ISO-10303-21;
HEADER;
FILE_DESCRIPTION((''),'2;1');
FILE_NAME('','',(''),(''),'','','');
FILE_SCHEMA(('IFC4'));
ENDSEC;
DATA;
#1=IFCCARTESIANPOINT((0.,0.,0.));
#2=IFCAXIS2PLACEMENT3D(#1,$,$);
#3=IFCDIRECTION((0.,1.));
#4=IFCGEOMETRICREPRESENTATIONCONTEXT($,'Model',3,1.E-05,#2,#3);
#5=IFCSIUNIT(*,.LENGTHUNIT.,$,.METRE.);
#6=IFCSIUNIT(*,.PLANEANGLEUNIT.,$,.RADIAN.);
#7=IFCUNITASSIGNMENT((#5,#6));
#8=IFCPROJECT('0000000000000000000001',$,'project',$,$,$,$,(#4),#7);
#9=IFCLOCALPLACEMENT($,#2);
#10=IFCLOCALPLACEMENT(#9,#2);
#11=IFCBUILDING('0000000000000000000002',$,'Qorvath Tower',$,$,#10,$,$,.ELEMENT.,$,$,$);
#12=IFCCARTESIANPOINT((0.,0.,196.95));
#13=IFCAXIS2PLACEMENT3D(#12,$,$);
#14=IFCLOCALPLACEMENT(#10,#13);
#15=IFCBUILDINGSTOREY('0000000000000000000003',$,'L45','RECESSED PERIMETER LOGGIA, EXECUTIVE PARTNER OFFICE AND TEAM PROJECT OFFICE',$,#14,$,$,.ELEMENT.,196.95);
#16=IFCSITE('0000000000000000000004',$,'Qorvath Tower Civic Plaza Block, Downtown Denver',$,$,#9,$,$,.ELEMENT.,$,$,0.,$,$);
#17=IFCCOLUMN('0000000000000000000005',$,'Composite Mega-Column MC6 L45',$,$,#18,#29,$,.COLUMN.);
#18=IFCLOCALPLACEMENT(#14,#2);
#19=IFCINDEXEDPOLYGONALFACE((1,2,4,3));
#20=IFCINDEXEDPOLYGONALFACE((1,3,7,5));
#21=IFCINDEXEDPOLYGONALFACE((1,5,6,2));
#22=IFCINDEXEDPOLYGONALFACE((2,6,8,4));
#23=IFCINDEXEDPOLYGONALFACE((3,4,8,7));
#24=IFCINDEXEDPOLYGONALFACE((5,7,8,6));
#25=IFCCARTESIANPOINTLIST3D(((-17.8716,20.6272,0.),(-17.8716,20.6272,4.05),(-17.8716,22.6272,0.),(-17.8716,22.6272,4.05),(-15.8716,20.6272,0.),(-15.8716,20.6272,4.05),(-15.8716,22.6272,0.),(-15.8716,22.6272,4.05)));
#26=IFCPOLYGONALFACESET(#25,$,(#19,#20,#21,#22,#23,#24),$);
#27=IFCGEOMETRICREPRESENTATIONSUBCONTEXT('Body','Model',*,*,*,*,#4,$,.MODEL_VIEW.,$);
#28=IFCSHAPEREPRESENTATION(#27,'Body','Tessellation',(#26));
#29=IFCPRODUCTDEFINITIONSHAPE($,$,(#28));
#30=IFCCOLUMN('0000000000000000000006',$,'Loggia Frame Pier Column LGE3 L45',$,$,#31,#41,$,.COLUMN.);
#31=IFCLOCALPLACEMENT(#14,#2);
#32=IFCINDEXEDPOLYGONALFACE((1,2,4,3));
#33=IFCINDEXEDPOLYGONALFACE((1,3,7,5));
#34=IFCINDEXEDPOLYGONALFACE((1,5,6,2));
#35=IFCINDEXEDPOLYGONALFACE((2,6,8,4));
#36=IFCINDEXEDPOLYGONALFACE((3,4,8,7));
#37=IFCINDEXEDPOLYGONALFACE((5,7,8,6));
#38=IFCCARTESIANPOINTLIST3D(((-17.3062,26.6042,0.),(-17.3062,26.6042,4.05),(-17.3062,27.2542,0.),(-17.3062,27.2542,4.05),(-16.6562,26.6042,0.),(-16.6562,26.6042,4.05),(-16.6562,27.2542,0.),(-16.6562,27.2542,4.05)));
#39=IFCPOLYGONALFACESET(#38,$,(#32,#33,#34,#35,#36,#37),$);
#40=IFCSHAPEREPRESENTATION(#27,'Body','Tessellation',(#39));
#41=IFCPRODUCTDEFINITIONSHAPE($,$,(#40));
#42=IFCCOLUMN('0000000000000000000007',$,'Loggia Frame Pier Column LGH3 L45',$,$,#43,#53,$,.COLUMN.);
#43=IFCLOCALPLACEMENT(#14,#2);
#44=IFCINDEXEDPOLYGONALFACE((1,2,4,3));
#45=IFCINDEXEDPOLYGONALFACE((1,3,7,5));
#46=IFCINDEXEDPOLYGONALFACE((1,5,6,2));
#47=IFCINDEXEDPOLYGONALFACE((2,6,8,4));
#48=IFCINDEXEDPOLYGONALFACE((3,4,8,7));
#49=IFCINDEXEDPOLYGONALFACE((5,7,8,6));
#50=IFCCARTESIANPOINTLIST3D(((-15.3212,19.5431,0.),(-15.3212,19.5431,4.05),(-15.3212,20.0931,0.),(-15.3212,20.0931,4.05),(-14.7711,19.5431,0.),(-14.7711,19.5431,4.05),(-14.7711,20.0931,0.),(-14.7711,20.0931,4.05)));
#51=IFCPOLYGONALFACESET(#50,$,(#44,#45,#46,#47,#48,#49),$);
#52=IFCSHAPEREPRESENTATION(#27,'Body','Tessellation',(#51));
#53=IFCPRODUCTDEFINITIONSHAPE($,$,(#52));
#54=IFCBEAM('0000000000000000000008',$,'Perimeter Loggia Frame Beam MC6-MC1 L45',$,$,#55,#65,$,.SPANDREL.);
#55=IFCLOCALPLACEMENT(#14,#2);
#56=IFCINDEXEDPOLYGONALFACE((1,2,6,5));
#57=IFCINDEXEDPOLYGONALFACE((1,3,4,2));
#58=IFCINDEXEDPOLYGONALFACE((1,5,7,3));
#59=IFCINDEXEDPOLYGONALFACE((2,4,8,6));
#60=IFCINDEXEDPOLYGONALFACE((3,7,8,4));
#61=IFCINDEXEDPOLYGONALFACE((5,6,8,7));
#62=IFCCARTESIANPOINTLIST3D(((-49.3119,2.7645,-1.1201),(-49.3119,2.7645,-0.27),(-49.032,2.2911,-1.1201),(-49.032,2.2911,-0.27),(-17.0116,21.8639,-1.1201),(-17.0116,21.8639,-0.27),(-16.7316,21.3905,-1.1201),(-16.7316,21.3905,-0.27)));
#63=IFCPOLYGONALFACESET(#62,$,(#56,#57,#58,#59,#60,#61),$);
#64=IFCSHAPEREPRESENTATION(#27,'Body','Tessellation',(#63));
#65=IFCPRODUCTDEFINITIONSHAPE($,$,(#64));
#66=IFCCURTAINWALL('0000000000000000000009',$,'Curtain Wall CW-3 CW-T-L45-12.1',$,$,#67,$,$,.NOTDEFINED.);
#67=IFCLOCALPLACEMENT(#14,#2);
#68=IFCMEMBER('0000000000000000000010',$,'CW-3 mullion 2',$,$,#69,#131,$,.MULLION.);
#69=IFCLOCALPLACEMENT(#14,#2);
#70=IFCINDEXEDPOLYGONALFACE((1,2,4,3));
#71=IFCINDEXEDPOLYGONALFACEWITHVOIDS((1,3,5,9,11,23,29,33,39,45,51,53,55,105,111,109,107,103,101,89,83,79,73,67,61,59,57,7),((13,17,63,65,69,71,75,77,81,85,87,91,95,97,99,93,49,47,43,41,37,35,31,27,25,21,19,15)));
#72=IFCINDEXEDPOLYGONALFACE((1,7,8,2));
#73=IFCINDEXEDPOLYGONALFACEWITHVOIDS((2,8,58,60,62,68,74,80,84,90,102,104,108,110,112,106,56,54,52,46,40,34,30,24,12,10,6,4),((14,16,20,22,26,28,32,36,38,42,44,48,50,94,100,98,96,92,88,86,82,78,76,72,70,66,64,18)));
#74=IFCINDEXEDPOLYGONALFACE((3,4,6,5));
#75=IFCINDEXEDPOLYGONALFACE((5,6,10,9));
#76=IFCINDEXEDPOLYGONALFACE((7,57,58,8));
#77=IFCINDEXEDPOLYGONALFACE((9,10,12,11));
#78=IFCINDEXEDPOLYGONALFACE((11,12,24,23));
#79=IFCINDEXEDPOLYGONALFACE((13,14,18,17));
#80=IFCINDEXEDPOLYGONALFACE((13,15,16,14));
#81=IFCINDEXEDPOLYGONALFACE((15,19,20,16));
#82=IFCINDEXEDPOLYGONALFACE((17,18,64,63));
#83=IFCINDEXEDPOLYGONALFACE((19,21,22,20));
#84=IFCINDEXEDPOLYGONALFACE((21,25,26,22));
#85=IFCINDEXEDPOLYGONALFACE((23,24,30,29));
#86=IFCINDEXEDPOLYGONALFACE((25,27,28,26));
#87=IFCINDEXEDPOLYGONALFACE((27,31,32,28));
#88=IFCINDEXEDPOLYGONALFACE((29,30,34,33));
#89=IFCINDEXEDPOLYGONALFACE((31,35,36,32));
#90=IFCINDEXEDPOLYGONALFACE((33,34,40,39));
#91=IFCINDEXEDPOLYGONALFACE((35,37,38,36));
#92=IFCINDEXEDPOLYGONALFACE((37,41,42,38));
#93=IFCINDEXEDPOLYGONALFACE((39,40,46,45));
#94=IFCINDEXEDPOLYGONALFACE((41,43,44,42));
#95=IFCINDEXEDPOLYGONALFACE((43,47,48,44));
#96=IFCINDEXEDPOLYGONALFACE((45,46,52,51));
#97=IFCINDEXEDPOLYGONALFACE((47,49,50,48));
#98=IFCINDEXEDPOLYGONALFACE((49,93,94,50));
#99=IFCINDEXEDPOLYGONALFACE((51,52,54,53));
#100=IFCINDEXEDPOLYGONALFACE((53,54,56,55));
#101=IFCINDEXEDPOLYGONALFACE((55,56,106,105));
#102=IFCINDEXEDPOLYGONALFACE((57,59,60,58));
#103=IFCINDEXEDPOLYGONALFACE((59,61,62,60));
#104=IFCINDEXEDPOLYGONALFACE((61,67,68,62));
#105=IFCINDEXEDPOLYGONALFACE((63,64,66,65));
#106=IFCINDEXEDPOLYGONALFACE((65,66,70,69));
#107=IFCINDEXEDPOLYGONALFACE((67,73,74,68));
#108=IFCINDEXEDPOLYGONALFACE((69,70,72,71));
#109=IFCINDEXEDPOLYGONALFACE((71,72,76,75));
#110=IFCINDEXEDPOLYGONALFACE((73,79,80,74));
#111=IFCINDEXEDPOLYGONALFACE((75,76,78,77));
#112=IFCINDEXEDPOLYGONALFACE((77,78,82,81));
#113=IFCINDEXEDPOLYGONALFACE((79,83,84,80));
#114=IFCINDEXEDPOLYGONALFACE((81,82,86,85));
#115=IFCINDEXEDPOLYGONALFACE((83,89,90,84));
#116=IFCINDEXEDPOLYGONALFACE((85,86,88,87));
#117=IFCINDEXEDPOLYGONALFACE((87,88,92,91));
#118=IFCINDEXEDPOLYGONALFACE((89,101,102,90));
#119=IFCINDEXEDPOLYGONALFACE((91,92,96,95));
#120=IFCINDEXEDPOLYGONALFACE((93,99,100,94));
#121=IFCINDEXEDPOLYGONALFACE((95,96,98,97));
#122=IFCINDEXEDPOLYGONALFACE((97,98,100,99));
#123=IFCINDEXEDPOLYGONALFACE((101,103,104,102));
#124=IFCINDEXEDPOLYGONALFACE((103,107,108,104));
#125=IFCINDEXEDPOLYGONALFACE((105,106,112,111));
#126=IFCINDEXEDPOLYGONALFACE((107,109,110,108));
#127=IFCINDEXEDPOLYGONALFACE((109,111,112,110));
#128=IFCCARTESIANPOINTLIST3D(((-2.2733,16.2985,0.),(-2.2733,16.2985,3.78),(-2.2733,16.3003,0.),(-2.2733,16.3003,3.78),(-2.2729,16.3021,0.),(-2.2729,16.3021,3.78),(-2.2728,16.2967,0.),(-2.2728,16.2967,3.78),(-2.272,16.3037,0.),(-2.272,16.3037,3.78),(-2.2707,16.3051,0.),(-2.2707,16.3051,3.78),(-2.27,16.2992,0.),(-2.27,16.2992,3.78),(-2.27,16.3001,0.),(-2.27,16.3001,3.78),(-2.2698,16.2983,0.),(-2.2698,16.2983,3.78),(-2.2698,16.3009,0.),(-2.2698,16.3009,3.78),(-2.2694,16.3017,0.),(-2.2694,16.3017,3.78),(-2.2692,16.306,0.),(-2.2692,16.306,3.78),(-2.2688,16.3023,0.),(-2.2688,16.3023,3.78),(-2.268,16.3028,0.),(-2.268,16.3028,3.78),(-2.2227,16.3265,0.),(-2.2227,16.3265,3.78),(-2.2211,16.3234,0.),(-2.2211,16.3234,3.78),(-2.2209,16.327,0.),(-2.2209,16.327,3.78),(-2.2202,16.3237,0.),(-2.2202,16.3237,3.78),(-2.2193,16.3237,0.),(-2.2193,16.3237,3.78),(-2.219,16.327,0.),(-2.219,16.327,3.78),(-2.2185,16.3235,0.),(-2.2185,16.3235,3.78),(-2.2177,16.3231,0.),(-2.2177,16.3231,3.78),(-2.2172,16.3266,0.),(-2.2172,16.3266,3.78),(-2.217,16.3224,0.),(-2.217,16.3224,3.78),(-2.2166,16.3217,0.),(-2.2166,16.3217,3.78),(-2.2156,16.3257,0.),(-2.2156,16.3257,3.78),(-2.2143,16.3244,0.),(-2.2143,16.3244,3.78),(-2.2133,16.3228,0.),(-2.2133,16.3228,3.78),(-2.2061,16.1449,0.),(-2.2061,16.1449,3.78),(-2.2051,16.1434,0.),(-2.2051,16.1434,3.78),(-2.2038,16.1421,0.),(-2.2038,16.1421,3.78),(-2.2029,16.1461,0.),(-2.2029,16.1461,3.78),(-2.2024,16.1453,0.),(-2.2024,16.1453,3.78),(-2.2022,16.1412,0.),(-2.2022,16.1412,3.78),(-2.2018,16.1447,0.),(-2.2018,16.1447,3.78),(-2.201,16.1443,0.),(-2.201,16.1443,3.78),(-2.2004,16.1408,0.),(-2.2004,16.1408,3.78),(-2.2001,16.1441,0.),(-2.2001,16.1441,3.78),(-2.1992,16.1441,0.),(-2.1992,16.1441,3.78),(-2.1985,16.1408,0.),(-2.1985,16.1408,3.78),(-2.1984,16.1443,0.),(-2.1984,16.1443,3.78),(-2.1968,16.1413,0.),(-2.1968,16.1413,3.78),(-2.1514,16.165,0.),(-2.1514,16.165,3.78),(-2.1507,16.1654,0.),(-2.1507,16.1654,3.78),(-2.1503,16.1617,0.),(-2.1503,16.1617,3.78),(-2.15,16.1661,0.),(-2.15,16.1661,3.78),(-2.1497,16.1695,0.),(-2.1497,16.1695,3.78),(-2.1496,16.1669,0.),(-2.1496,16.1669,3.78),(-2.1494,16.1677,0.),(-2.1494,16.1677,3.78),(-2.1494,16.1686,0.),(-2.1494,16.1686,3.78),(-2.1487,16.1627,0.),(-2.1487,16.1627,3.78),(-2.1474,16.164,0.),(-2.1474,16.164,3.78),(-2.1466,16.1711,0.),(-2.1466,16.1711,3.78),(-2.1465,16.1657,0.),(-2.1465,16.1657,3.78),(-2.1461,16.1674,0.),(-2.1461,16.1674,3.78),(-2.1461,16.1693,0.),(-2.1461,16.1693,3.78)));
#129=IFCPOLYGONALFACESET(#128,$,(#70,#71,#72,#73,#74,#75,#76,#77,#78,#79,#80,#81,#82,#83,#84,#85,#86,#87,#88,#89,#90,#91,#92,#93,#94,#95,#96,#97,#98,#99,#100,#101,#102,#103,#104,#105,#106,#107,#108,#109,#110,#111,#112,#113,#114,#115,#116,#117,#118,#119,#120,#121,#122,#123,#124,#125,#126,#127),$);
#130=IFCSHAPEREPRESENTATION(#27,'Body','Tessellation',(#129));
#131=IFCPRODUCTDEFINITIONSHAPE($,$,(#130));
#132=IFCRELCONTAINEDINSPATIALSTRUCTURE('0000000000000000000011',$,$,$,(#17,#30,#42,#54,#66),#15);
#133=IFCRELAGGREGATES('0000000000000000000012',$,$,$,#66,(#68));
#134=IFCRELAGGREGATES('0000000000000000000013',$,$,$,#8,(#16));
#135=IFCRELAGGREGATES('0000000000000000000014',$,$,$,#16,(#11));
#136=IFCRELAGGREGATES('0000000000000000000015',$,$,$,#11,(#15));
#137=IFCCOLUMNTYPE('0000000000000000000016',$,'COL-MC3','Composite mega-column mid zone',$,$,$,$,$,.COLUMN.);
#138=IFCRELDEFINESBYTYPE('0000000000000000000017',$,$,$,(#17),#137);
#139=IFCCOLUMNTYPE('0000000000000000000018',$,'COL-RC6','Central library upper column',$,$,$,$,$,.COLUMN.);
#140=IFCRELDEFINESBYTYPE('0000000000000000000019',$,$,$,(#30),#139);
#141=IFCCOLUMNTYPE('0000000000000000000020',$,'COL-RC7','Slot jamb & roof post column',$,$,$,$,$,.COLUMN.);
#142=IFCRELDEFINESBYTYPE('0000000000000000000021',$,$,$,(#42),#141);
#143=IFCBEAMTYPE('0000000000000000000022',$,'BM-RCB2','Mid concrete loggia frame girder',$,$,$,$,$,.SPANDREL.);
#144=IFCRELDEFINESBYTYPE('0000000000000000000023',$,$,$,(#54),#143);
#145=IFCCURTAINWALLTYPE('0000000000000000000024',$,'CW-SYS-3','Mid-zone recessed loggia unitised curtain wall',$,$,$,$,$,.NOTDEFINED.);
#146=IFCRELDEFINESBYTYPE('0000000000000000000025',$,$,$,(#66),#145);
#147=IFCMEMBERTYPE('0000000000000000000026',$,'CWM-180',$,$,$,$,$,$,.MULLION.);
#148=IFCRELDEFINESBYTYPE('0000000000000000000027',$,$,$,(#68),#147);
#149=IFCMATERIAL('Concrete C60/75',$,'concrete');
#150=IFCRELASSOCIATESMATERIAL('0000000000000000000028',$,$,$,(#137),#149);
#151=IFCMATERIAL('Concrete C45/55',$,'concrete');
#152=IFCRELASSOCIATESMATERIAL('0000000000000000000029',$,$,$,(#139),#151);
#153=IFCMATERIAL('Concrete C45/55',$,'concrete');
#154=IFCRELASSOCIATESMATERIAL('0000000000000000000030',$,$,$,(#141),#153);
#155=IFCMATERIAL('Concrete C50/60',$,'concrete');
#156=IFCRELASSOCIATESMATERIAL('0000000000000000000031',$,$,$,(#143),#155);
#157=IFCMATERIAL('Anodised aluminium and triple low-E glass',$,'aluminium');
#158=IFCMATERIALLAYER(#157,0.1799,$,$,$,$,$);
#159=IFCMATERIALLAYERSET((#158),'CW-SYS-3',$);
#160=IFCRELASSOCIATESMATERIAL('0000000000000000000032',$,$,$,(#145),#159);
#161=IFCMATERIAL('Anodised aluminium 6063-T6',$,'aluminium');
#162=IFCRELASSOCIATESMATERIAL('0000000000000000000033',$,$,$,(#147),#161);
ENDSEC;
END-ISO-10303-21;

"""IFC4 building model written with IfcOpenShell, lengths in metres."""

from ifc_helpers import new_model, si_unit, direction, frame, origin, origin_2d, place, context, subcontext, project, spatial, rectangle, hollow_rectangle, extrude, material, layer, layer_set, material_profile, profile_set, type_object, element, aggregate, save


model = new_model("IFC4")

# Units and contexts
model_context = context("Model", 3, precision=1e-05, world=origin(), true_north=direction((0.0, 1.0)))
body_context = subcontext(model_context, "Body", "Model", "MODEL_VIEW")
ifc_project = project(units=[si_unit("LENGTHUNIT", "METRE"), si_unit("PLANEANGLEUNIT", "RADIAN")], contexts=[model_context])

# Site, building, storey
site_placement = place(None, origin())
site = spatial("IfcSite", under=ifc_project, at=site_placement, Name="Qorvath Tower Civic Plaza Block, Downtown Denver", CompositionType="ELEMENT", RefElevation=0.0)
building_placement = place(site_placement, origin())
building = spatial("IfcBuilding", under=site, at=building_placement, Name="Qorvath Tower", CompositionType="ELEMENT")
storey_placement = place(building_placement, frame((0.0, 0.0, 196.95)))
storey = spatial("IfcBuildingStorey", under=building, at=storey_placement, Name="L45", Description="RECESSED PERIMETER LOGGIA, EXECUTIVE PARTNER OFFICE AND TEAM PROJECT OFFICE", CompositionType="ELEMENT", Elevation=196.95)

# Columns
ifc_material_1 = material(Name="Concrete C60/75", Category="concrete")
ifc_material_profile_1 = material_profile(ifc_material_1, rectangle(XDim=2.0, YDim=2.0, at=origin_2d()), Name="MC 2000x2000")
ifc_profile_set_1 = profile_set([ifc_material_profile_1], Name="Concrete C60/75")
column_type_1 = type_object("IfcColumnType", Name="COL-MC3", Description="Composite mega-column mid zone", PredefinedType="COLUMN", material=ifc_profile_set_1)
column_1_placement = place(storey_placement, frame((-16.8716, 21.6272, 0.0), z_axis=(0.0, 0.0, 1.0), x_axis=(1.0, 0.0, 0.0)))
element("IfcColumn", 1, at=column_1_placement, inside=storey, type_object=column_type_1, Name="Composite Mega-Column MC6 L45", PredefinedType="COLUMN", context=body_context, shape_type="SweptSolid", body=[
    extrude(rectangle(XDim=2.0, YDim=2.0, at=origin_2d()), origin(), (0.0, 0.0, 1.0), 4.05),
])
ifc_material_2 = material(Name="Concrete C45/55", Category="concrete")
ifc_material_profile_2 = material_profile(ifc_material_2, rectangle(XDim=0.6499, YDim=0.6499, at=origin_2d()), Name="RC 650x650")
ifc_profile_set_2 = profile_set([ifc_material_profile_2], Name="Concrete C45/55")
column_type_2 = type_object("IfcColumnType", Name="COL-RC6", Description="Central library upper column", PredefinedType="COLUMN", material=ifc_profile_set_2)
column_2_placement = place(storey_placement, frame((-16.9812, 26.9292, 0.0), z_axis=(0.0, 0.0, 1.0), x_axis=(1.0, 0.0, 0.0)))
element("IfcColumn", 2, at=column_2_placement, inside=storey, type_object=column_type_2, Name="Loggia Frame Pier Column LGE3 L45", PredefinedType="COLUMN", context=body_context, shape_type="SweptSolid", body=[
    extrude(rectangle(XDim=0.6499, YDim=0.6499, at=origin_2d()), origin(), (0.0, 0.0, 1.0), 4.05),
])
ifc_material_3 = material(Name="Concrete C45/55", Category="concrete")
ifc_material_profile_3 = material_profile(ifc_material_3, rectangle(XDim=0.55, YDim=0.55, at=origin_2d()), Name="RC 550x550")
ifc_profile_set_3 = profile_set([ifc_material_profile_3], Name="Concrete C45/55")
column_type_3 = type_object("IfcColumnType", Name="COL-RC7", Description="Slot jamb & roof post column", PredefinedType="COLUMN", material=ifc_profile_set_3)
column_3_placement = place(storey_placement, frame((-15.0461, 19.8181, 0.0), z_axis=(0.0, 0.0, 1.0), x_axis=(1.0, 0.0, 0.0)))
element("IfcColumn", 3, at=column_3_placement, inside=storey, type_object=column_type_3, Name="Loggia Frame Pier Column LGH3 L45", PredefinedType="COLUMN", context=body_context, shape_type="SweptSolid", body=[
    extrude(rectangle(XDim=0.55, YDim=0.55, at=origin_2d()), origin(), (0.0, 0.0, 1.0), 4.05),
])

# Beam
ifc_material_4 = material(Name="Concrete C50/60", Category="concrete")
ifc_material_profile_4 = material_profile(ifc_material_4, rectangle(XDim=0.55, YDim=0.8501, at=origin_2d()), Name="RCB 850x550")
ifc_profile_set_4 = profile_set([ifc_material_profile_4], Name="Concrete C50/60")
beam_type = type_object("IfcBeamType", Name="BM-RCB2", Description="Mid concrete loggia frame girder", PredefinedType="SPANDREL", material=ifc_profile_set_4)
beam_placement = place(storey_placement, frame((-16.8716, 21.6272, -0.6951), z_axis=(-0.860777, -0.508983, 0.0), x_axis=(0.508983, -0.860777, 0.0)))
element("IfcBeam", 4, at=beam_placement, inside=storey, type_object=beam_type, Name="Perimeter Loggia Frame Beam MC6-MC1 L45", PredefinedType="SPANDREL", context=body_context, shape_type="SweptSolid", body=[
    extrude(rectangle(XDim=0.55, YDim=0.8501, at=origin_2d()), origin(), (0.0, 0.0, 1.0), 37.5247),
])

# Curtain wall, member
ifc_material_5 = material(Name="Anodised aluminium and triple low-E glass", Category="aluminium")
ifc_layer_1 = layer(ifc_material_5, 0.1799)
ifc_layer_set_1 = layer_set([ifc_layer_1], Name="CW-SYS-3")
curtain_wall_type = type_object("IfcCurtainWallType", Name="CW-SYS-3", Description="Mid-zone recessed loggia unitised curtain wall", PredefinedType="NOTDEFINED", material=ifc_layer_set_1)
curtain_wall_1_placement = place(storey_placement, origin())
curtain_wall_1 = element("IfcCurtainWall", 5, at=curtain_wall_1_placement, inside=storey, type_object=curtain_wall_type, Name="Curtain Wall CW-3 CW-T-L45-12.1", PredefinedType="NOTDEFINED")
ifc_material_6 = material(Name="Anodised aluminium 6063-T6", Category="aluminium")
ifc_material_profile_5 = material_profile(ifc_material_6, hollow_rectangle(XDim=0.0649, YDim=0.1799, WallThickness=0.0034, InnerFilletRadius=0.0034, OuterFilletRadius=0.0071, at=origin_2d()), Name="CWM 180x65")
ifc_profile_set_5 = profile_set([ifc_material_profile_5], Name="Anodised aluminium 6063-T6")
member_type_1 = type_object("IfcMemberType", Name="CWM-180", PredefinedType="MULLION", material=ifc_profile_set_5)
member_1_placement = place(storey_placement, frame((-2.2097, 16.2339, 0.0), z_axis=(0.0, 0.0, 1.0), x_axis=(-0.915499, -0.402321, 0.0)))
member_1 = element("IfcMember", 6, at=member_1_placement, type_object=member_type_1, Name="CW-3 mullion 2", PredefinedType="MULLION", context=body_context, shape_type="SweptSolid", body=[
    extrude(hollow_rectangle(XDim=0.0649, YDim=0.1799, WallThickness=0.0034, InnerFilletRadius=0.0034, OuterFilletRadius=0.0071, at=origin_2d()), origin(), (0.0, 0.0, 1.0), 3.78),
])
aggregate(curtain_wall_1, [member_1])

save(model, "model.ifc")
